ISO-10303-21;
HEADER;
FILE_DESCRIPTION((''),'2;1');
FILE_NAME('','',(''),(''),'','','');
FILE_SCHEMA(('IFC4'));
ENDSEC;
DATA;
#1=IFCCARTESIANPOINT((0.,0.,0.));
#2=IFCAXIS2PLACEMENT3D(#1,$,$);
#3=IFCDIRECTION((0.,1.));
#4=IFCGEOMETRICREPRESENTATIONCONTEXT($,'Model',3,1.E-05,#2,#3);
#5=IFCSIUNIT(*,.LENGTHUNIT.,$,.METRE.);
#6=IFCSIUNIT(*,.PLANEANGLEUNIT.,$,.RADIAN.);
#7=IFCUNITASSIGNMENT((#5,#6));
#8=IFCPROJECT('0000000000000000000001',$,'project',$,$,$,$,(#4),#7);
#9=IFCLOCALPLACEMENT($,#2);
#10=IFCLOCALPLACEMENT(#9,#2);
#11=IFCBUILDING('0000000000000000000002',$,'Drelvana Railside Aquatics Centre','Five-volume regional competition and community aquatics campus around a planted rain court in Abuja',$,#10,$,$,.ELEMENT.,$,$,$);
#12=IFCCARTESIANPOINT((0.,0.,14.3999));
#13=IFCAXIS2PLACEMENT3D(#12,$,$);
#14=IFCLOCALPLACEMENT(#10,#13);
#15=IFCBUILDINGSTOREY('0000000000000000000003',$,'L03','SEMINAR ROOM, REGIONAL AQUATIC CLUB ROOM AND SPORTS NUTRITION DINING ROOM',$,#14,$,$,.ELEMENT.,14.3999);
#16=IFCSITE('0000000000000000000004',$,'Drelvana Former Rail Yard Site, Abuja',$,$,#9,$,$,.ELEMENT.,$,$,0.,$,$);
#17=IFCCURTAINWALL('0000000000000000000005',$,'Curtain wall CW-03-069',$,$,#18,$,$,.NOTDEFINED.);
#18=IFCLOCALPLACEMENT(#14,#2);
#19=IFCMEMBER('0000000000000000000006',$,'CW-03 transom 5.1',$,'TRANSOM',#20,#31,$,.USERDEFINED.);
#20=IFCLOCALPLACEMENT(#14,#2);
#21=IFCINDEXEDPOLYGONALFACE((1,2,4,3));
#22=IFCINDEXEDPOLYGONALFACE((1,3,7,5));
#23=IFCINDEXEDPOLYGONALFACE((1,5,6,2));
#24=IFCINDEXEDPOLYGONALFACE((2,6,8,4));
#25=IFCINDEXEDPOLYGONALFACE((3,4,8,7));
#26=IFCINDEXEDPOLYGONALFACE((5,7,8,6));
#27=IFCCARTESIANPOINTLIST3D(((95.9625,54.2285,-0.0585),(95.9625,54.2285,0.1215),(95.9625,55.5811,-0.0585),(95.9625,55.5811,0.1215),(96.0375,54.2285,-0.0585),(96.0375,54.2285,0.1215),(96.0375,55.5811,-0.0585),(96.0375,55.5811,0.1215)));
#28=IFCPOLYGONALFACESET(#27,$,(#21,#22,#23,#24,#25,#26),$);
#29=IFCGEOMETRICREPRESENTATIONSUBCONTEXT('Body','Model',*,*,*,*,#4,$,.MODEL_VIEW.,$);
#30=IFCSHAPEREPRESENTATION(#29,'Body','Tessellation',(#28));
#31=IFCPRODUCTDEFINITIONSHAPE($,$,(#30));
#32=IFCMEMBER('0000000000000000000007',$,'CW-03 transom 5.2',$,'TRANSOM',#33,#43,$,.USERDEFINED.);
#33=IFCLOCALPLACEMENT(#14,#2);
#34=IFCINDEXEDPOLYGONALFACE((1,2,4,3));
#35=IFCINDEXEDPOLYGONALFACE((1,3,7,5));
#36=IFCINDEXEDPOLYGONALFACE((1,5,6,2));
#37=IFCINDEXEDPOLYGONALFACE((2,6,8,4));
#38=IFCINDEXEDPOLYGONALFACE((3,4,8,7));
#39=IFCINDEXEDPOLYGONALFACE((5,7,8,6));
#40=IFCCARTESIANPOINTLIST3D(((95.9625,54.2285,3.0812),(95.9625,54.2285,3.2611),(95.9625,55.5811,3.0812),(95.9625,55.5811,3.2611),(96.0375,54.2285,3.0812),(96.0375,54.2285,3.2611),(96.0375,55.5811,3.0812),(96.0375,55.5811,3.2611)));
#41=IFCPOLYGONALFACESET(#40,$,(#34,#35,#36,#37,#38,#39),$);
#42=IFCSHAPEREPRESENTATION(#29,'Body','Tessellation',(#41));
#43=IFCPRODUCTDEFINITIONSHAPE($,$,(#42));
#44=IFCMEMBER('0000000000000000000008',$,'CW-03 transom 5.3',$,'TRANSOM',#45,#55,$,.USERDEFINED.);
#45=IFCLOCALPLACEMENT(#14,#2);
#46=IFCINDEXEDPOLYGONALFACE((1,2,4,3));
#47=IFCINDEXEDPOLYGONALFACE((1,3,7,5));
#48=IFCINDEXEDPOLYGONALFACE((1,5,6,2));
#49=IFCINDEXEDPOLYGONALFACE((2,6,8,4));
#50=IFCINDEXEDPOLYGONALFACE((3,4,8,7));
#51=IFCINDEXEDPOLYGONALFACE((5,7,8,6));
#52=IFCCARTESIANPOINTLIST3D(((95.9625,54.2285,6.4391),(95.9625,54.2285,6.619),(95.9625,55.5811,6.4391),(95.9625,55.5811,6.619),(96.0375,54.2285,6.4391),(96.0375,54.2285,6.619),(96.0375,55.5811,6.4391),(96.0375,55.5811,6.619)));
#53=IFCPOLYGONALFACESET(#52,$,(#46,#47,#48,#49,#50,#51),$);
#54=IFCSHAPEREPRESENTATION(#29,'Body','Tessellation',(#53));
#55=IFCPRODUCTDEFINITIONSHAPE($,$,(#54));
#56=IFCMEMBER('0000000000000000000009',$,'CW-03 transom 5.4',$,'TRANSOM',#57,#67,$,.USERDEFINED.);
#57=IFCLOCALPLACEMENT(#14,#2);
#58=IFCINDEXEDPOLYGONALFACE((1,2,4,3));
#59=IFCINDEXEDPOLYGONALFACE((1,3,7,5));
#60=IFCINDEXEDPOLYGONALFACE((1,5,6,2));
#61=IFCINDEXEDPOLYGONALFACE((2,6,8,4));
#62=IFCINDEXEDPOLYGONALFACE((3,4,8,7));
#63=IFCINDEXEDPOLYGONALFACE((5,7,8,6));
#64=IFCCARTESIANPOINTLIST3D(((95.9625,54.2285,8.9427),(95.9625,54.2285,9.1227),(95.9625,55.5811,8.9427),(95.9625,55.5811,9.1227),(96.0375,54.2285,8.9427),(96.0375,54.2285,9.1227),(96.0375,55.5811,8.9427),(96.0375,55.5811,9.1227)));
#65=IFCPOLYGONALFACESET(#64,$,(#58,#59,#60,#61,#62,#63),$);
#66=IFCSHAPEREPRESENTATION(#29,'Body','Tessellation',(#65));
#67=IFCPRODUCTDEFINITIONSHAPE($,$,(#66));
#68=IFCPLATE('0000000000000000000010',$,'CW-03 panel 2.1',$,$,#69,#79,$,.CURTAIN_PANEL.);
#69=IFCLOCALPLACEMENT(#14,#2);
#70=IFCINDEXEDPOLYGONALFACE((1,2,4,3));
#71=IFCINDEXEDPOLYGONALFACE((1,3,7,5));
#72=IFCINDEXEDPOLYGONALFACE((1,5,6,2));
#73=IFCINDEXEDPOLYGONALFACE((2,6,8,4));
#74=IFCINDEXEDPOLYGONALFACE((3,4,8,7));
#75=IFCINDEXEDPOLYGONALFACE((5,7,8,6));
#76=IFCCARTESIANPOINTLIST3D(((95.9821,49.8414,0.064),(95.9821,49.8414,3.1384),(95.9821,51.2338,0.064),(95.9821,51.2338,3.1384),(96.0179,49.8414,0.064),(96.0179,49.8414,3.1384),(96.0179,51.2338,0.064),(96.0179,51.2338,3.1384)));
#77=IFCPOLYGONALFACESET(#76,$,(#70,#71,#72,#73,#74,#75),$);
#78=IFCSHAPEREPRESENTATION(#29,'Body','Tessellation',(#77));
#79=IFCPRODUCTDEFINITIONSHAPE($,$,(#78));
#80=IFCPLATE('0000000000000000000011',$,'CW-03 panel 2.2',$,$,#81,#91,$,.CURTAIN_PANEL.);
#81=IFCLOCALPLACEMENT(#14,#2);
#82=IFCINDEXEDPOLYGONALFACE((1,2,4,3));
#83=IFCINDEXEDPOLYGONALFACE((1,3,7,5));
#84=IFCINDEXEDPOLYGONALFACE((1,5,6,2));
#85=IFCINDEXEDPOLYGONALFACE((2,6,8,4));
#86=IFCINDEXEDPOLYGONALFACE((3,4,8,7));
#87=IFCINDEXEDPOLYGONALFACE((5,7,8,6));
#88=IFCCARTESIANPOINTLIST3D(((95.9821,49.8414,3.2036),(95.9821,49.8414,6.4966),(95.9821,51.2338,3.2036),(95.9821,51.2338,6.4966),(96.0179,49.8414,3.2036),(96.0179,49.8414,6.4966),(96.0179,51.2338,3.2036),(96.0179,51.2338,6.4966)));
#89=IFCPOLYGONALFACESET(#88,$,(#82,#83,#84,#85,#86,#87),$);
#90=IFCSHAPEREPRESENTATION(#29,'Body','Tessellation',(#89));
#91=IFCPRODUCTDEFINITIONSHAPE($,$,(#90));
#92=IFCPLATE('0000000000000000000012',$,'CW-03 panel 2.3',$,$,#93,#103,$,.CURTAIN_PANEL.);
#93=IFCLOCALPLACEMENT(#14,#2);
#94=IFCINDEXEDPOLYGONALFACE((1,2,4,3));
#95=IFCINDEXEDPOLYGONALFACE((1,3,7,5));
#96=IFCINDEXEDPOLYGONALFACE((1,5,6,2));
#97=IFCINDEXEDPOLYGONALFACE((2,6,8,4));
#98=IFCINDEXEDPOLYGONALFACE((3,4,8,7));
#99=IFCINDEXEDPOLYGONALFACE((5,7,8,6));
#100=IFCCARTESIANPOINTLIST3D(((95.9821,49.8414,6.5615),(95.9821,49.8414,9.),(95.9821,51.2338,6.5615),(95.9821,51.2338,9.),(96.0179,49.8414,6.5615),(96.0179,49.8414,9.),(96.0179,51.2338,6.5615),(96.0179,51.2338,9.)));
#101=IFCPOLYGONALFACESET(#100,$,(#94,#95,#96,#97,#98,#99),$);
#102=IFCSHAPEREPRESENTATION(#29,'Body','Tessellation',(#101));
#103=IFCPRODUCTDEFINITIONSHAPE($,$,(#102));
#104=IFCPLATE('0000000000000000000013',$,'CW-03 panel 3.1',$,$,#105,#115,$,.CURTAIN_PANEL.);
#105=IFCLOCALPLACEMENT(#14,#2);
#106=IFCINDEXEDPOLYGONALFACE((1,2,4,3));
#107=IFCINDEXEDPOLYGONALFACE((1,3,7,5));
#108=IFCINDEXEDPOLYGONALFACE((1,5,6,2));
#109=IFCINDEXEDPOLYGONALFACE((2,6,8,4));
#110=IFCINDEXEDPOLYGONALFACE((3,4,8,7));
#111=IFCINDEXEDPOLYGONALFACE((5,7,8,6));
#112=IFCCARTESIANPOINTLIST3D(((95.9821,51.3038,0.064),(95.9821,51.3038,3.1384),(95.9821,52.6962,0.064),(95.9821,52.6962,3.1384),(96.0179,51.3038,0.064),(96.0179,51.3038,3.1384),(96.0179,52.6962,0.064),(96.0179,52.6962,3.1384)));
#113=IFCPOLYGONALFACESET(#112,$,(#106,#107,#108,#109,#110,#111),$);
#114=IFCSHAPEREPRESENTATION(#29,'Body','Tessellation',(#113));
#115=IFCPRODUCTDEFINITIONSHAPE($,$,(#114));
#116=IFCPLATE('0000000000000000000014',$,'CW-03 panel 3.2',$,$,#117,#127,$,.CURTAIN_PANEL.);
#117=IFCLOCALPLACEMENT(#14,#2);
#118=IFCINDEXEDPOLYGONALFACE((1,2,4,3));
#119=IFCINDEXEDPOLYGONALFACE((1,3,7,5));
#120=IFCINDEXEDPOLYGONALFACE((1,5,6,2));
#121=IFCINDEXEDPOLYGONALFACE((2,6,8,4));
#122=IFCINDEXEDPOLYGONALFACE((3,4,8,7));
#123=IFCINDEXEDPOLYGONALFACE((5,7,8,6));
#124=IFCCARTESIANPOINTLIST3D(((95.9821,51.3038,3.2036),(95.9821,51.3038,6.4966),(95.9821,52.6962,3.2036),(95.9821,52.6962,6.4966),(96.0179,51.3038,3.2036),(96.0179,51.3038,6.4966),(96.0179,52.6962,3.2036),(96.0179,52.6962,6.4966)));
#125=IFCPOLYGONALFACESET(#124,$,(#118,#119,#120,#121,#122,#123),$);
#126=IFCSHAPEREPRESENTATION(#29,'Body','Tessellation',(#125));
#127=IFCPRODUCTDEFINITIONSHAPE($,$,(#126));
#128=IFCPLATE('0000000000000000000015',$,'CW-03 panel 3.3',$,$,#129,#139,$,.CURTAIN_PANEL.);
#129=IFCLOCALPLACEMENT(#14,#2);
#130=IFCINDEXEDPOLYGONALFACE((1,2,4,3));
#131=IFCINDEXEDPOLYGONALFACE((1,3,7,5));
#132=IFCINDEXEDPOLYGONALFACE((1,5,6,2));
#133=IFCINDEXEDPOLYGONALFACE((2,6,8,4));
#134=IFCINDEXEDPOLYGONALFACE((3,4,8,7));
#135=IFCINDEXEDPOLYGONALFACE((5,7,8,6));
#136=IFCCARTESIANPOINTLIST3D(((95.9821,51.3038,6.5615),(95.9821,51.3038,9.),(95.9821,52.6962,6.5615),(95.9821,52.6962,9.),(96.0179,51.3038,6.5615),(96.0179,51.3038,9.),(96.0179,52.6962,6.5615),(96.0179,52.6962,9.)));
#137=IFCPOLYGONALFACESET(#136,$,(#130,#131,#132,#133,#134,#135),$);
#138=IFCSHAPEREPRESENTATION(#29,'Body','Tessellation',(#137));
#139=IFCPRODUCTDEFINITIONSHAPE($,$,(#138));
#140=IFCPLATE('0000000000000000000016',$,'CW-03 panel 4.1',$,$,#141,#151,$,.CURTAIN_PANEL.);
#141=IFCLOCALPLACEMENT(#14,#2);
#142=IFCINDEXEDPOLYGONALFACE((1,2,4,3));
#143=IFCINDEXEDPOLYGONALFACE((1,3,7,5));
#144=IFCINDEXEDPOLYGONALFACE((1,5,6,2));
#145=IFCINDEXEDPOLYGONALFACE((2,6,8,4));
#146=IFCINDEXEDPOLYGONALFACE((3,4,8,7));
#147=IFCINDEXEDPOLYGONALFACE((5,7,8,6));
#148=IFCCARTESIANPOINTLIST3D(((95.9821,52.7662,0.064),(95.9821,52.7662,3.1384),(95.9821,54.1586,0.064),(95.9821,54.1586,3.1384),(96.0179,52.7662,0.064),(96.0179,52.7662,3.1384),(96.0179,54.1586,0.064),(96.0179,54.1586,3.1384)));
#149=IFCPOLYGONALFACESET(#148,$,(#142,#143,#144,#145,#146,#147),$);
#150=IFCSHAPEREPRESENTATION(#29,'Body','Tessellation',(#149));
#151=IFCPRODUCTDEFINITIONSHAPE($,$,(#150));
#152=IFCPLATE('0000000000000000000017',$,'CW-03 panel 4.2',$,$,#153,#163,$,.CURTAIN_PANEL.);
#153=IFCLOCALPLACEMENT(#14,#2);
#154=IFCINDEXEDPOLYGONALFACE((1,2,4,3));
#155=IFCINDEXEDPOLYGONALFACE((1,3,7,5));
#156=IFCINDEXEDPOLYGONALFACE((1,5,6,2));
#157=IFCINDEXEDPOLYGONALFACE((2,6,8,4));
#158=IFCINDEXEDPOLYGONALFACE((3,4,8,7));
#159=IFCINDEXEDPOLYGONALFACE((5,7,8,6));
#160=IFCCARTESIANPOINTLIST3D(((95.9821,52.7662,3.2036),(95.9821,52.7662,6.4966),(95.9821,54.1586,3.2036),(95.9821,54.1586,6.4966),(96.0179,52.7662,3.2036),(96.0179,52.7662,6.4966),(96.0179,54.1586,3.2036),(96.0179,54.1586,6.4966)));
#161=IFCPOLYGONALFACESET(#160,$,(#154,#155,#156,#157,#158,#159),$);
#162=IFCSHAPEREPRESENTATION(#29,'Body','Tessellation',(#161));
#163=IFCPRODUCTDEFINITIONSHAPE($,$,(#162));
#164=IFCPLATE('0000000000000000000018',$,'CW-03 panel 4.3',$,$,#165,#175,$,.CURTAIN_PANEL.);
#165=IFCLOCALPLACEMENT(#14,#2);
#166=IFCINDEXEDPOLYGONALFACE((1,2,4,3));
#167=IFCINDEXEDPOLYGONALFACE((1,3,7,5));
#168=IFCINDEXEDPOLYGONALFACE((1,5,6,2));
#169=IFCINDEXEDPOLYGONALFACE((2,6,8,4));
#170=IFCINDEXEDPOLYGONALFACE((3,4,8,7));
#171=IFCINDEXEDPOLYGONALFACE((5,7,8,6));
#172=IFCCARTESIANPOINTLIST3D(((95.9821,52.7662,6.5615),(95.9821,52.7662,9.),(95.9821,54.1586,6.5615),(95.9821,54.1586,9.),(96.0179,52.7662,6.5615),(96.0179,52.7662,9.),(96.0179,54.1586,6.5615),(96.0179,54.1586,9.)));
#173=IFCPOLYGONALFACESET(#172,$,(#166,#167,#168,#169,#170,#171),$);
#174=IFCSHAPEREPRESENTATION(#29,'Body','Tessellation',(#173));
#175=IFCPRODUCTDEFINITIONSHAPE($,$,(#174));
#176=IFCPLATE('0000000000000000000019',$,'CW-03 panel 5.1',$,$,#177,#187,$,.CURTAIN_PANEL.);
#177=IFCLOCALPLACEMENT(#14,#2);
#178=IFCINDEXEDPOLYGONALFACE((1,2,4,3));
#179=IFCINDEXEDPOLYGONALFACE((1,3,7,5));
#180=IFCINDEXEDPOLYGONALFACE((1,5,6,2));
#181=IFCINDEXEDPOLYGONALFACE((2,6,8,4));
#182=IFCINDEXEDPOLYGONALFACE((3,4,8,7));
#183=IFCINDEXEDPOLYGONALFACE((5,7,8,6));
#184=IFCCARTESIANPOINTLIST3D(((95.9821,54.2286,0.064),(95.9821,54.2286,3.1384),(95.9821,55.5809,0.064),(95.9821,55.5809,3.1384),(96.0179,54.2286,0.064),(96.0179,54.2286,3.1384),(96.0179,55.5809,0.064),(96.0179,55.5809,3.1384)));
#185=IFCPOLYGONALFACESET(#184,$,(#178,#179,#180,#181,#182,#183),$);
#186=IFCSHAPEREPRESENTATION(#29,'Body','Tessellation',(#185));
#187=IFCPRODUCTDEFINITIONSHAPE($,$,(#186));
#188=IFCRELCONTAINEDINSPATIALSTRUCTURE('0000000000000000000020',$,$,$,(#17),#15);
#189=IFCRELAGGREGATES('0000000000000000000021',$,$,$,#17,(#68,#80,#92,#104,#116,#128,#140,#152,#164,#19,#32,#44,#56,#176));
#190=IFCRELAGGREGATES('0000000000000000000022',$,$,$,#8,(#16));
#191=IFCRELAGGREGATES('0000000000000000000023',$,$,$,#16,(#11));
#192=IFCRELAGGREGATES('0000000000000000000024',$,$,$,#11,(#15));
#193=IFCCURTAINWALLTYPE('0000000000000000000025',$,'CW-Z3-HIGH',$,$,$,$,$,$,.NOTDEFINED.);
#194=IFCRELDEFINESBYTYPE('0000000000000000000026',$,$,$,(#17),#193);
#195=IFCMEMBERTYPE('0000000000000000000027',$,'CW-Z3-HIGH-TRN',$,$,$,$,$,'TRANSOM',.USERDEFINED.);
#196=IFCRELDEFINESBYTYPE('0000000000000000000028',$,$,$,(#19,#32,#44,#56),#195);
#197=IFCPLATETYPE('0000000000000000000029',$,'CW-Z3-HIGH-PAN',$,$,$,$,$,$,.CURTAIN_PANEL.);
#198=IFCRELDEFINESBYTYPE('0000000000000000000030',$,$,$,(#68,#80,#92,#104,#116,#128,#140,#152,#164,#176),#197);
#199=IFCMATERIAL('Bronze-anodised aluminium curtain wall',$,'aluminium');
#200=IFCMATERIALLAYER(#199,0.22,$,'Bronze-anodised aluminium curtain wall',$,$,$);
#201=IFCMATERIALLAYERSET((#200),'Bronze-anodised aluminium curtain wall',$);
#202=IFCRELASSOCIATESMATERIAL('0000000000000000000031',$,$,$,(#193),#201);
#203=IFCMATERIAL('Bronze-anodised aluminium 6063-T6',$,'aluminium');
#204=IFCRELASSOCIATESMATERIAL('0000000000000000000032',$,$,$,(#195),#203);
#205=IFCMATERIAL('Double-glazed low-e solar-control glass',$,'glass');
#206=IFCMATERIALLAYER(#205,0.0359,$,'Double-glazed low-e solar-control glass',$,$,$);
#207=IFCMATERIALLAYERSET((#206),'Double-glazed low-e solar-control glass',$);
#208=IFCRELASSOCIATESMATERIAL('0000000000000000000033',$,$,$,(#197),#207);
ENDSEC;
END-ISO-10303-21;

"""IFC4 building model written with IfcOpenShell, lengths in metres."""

from ifc_helpers import new_model, si_unit, direction, frame, origin, origin_2d, place, context, subcontext, project, spatial, rectangle, extrude, material, layer, layer_set, material_profile, profile_set, type_object, element, aggregate, save


model = new_model("IFC4")

# Units and contexts
model_context = context("Model", 3, precision=1e-05, world=origin(), true_north=direction((0.0, 1.0)))
body_context = subcontext(model_context, "Body", "Model", "MODEL_VIEW")
ifc_project = project(units=[si_unit("LENGTHUNIT", "METRE"), si_unit("PLANEANGLEUNIT", "RADIAN")], contexts=[model_context])

# Site, building, storey
site_placement = place(None, origin())
site = spatial("IfcSite", under=ifc_project, at=site_placement, Name="Drelvana Former Rail Yard Site, Abuja", CompositionType="ELEMENT", RefElevation=0.0)
building_placement = place(site_placement, origin())
building = spatial("IfcBuilding", under=site, at=building_placement, Name="Drelvana Railside Aquatics Centre", Description="Five-volume regional competition and community aquatics campus around a planted rain court in Abuja", CompositionType="ELEMENT")
storey_placement = place(building_placement, frame((0.0, 0.0, 14.3999)))
storey = spatial("IfcBuildingStorey", under=building, at=storey_placement, Name="L03", Description="SEMINAR ROOM, REGIONAL AQUATIC CLUB ROOM AND SPORTS NUTRITION DINING ROOM", CompositionType="ELEMENT", Elevation=14.3999)

# Curtain wall, members, plates
ifc_material_1 = material(Name="Bronze-anodised aluminium curtain wall", Category="aluminium")
ifc_layer_1 = layer(ifc_material_1, 0.22, Name="Bronze-anodised aluminium curtain wall")
ifc_layer_set_1 = layer_set([ifc_layer_1], Name="Bronze-anodised aluminium curtain wall")
curtain_wall_type = type_object("IfcCurtainWallType", Name="CW-Z3-HIGH", PredefinedType="NOTDEFINED", material=ifc_layer_set_1)
curtain_wall_placement = place(storey_placement, origin())
curtain_wall = element("IfcCurtainWall", 1, at=curtain_wall_placement, inside=storey, type_object=curtain_wall_type, Name="Curtain wall CW-03-069", PredefinedType="NOTDEFINED")
ifc_material_2 = material(Name="Bronze-anodised aluminium 6063-T6", Category="aluminium")
ifc_material_profile_1 = material_profile(ifc_material_2, rectangle(XDim=0.1799, YDim=0.075, at=origin_2d()), Name="ALU-T 75x180")
ifc_profile_set_1 = profile_set([ifc_material_profile_1], Name="Bronze-anodised aluminium 6063-T6")
member_type_1 = type_object("IfcMemberType", Name="CW-Z3-HIGH-TRN", ElementType="TRANSOM", PredefinedType="USERDEFINED", material=ifc_profile_set_1)
member_1_placement = place(storey_placement, frame((96.0, 54.2285, 0.0315), z_axis=(0.0, 1.0, 0.0), x_axis=(0.0, 0.0, 1.0)))
member_1 = element("IfcMember", 2, at=member_1_placement, type_object=member_type_1, Name="CW-03 transom 5.1", ObjectType="TRANSOM", PredefinedType="USERDEFINED", context=body_context, shape_type="SweptSolid", body=[
    extrude(rectangle(XDim=0.1799, YDim=0.075, at=origin_2d()), origin(), (0.0, 0.0, 1.0), 1.3525),
])
member_2_placement = place(storey_placement, frame((96.0, 54.2285, 3.1711), z_axis=(0.0, 1.0, 0.0), x_axis=(0.0, 0.0, 1.0)))
member_2 = element("IfcMember", 3, at=member_2_placement, type_object=member_type_1, Name="CW-03 transom 5.2", ObjectType="TRANSOM", PredefinedType="USERDEFINED", context=body_context, shape_type="SweptSolid", body=[
    extrude(rectangle(XDim=0.1799, YDim=0.075, at=origin_2d()), origin(), (0.0, 0.0, 1.0), 1.3525),
])
member_3_placement = place(storey_placement, frame((96.0, 54.2285, 6.5291), z_axis=(0.0, 1.0, 0.0), x_axis=(0.0, 0.0, 1.0)))
member_3 = element("IfcMember", 4, at=member_3_placement, type_object=member_type_1, Name="CW-03 transom 5.3", ObjectType="TRANSOM", PredefinedType="USERDEFINED", context=body_context, shape_type="SweptSolid", body=[
    extrude(rectangle(XDim=0.1799, YDim=0.075, at=origin_2d()), origin(), (0.0, 0.0, 1.0), 1.3525),
])
member_4_placement = place(storey_placement, frame((96.0, 54.2285, 9.0327), z_axis=(0.0, 1.0, 0.0), x_axis=(0.0, 0.0, 1.0)))
member_4 = element("IfcMember", 5, at=member_4_placement, type_object=member_type_1, Name="CW-03 transom 5.4", ObjectType="TRANSOM", PredefinedType="USERDEFINED", context=body_context, shape_type="SweptSolid", body=[
    extrude(rectangle(XDim=0.1799, YDim=0.075, at=origin_2d()), origin(), (0.0, 0.0, 1.0), 1.3525),
])
ifc_material_3 = material(Name="Double-glazed low-e solar-control glass", Category="glass")
ifc_layer_2 = layer(ifc_material_3, 0.0359, Name="Double-glazed low-e solar-control glass")
ifc_layer_set_2 = layer_set([ifc_layer_2], Name="Double-glazed low-e solar-control glass")
plate_type = type_object("IfcPlateType", Name="CW-Z3-HIGH-PAN", PredefinedType="CURTAIN_PANEL", material=ifc_layer_set_2)
plate_1_placement = place(storey_placement, frame((96.0, 50.5376, 0.064), z_axis=(0.0, 0.0, 1.0), x_axis=(0.0, 1.0, 0.0)))
plate_1 = element("IfcPlate", 6, at=plate_1_placement, type_object=plate_type, Name="CW-03 panel 2.1", PredefinedType="CURTAIN_PANEL", context=body_context, shape_type="SweptSolid", body=[
    extrude(rectangle(XDim=1.3923, YDim=0.0359, at=origin_2d()), origin(), (0.0, 0.0, 1.0), 3.0745),
])
plate_2_placement = place(storey_placement, frame((96.0, 50.5376, 3.2036), z_axis=(0.0, 0.0, 1.0), x_axis=(0.0, 1.0, 0.0)))
plate_2 = element("IfcPlate", 7, at=plate_2_placement, type_object=plate_type, Name="CW-03 panel 2.2", PredefinedType="CURTAIN_PANEL", context=body_context, shape_type="SweptSolid", body=[
    extrude(rectangle(XDim=1.3923, YDim=0.0359, at=origin_2d()), origin(), (0.0, 0.0, 1.0), 3.293),
])
plate_3_placement = place(storey_placement, frame((96.0, 50.5376, 6.5615), z_axis=(0.0, 0.0, 1.0), x_axis=(0.0, 1.0, 0.0)))
plate_3 = element("IfcPlate", 8, at=plate_3_placement, type_object=plate_type, Name="CW-03 panel 2.3", PredefinedType="CURTAIN_PANEL", context=body_context, shape_type="SweptSolid", body=[
    extrude(rectangle(XDim=1.3923, YDim=0.0359, at=origin_2d()), origin(), (0.0, 0.0, 1.0), 2.4385),
])
plate_4_placement = place(storey_placement, frame((96.0, 52.0, 0.064), z_axis=(0.0, 0.0, 1.0), x_axis=(0.0, 1.0, 0.0)))
plate_4 = element("IfcPlate", 9, at=plate_4_placement, type_object=plate_type, Name="CW-03 panel 3.1", PredefinedType="CURTAIN_PANEL", context=body_context, shape_type="SweptSolid", body=[
    extrude(rectangle(XDim=1.3923, YDim=0.0359, at=origin_2d()), origin(), (0.0, 0.0, 1.0), 3.0745),
])
plate_5_placement = place(storey_placement, frame((96.0, 52.0, 3.2036), z_axis=(0.0, 0.0, 1.0), x_axis=(0.0, 1.0, 0.0)))
plate_5 = element("IfcPlate", 10, at=plate_5_placement, type_object=plate_type, Name="CW-03 panel 3.2", PredefinedType="CURTAIN_PANEL", context=body_context, shape_type="SweptSolid", body=[
    extrude(rectangle(XDim=1.3923, YDim=0.0359, at=origin_2d()), origin(), (0.0, 0.0, 1.0), 3.293),
])
plate_6_placement = place(storey_placement, frame((96.0, 52.0, 6.5615), z_axis=(0.0, 0.0, 1.0), x_axis=(0.0, 1.0, 0.0)))
plate_6 = element("IfcPlate", 11, at=plate_6_placement, type_object=plate_type, Name="CW-03 panel 3.3", PredefinedType="CURTAIN_PANEL", context=body_context, shape_type="SweptSolid", body=[
    extrude(rectangle(XDim=1.3923, YDim=0.0359, at=origin_2d()), origin(), (0.0, 0.0, 1.0), 2.4385),
])
plate_7_placement = place(storey_placement, frame((96.0, 53.4624, 0.064), z_axis=(0.0, 0.0, 1.0), x_axis=(0.0, 1.0, 0.0)))
plate_7 = element("IfcPlate", 12, at=plate_7_placement, type_object=plate_type, Name="CW-03 panel 4.1", PredefinedType="CURTAIN_PANEL", context=body_context, shape_type="SweptSolid", body=[
    extrude(rectangle(XDim=1.3923, YDim=0.0359, at=origin_2d()), origin(), (0.0, 0.0, 1.0), 3.0745),
])
plate_8_placement = place(storey_placement, frame((96.0, 53.4624, 3.2036), z_axis=(0.0, 0.0, 1.0), x_axis=(0.0, 1.0, 0.0)))
plate_8 = element("IfcPlate", 13, at=plate_8_placement, type_object=plate_type, Name="CW-03 panel 4.2", PredefinedType="CURTAIN_PANEL", context=body_context, shape_type="SweptSolid", body=[
    extrude(rectangle(XDim=1.3923, YDim=0.0359, at=origin_2d()), origin(), (0.0, 0.0, 1.0), 3.293),
])
plate_9_placement = place(storey_placement, frame((96.0, 53.4624, 6.5615), z_axis=(0.0, 0.0, 1.0), x_axis=(0.0, 1.0, 0.0)))
plate_9 = element("IfcPlate", 14, at=plate_9_placement, type_object=plate_type, Name="CW-03 panel 4.3", PredefinedType="CURTAIN_PANEL", context=body_context, shape_type="SweptSolid", body=[
    extrude(rectangle(XDim=1.3923, YDim=0.0359, at=origin_2d()), origin(), (0.0, 0.0, 1.0), 2.4385),
])
plate_10_placement = place(storey_placement, frame((96.0, 54.9048, 0.064), z_axis=(0.0, 0.0, 1.0), x_axis=(0.0, 1.0, 0.0)))
plate_10 = element("IfcPlate", 15, at=plate_10_placement, type_object=plate_type, Name="CW-03 panel 5.1", PredefinedType="CURTAIN_PANEL", context=body_context, shape_type="SweptSolid", body=[
    extrude(rectangle(XDim=1.3523, YDim=0.0359, at=origin_2d()), origin(), (0.0, 0.0, 1.0), 3.0745),
])
aggregate(curtain_wall, [plate_1, plate_2, plate_3, plate_4, plate_5, plate_6, plate_7, plate_8, plate_9, member_1, member_2, member_3, member_4, plate_10])

save(model, "model.ifc")
